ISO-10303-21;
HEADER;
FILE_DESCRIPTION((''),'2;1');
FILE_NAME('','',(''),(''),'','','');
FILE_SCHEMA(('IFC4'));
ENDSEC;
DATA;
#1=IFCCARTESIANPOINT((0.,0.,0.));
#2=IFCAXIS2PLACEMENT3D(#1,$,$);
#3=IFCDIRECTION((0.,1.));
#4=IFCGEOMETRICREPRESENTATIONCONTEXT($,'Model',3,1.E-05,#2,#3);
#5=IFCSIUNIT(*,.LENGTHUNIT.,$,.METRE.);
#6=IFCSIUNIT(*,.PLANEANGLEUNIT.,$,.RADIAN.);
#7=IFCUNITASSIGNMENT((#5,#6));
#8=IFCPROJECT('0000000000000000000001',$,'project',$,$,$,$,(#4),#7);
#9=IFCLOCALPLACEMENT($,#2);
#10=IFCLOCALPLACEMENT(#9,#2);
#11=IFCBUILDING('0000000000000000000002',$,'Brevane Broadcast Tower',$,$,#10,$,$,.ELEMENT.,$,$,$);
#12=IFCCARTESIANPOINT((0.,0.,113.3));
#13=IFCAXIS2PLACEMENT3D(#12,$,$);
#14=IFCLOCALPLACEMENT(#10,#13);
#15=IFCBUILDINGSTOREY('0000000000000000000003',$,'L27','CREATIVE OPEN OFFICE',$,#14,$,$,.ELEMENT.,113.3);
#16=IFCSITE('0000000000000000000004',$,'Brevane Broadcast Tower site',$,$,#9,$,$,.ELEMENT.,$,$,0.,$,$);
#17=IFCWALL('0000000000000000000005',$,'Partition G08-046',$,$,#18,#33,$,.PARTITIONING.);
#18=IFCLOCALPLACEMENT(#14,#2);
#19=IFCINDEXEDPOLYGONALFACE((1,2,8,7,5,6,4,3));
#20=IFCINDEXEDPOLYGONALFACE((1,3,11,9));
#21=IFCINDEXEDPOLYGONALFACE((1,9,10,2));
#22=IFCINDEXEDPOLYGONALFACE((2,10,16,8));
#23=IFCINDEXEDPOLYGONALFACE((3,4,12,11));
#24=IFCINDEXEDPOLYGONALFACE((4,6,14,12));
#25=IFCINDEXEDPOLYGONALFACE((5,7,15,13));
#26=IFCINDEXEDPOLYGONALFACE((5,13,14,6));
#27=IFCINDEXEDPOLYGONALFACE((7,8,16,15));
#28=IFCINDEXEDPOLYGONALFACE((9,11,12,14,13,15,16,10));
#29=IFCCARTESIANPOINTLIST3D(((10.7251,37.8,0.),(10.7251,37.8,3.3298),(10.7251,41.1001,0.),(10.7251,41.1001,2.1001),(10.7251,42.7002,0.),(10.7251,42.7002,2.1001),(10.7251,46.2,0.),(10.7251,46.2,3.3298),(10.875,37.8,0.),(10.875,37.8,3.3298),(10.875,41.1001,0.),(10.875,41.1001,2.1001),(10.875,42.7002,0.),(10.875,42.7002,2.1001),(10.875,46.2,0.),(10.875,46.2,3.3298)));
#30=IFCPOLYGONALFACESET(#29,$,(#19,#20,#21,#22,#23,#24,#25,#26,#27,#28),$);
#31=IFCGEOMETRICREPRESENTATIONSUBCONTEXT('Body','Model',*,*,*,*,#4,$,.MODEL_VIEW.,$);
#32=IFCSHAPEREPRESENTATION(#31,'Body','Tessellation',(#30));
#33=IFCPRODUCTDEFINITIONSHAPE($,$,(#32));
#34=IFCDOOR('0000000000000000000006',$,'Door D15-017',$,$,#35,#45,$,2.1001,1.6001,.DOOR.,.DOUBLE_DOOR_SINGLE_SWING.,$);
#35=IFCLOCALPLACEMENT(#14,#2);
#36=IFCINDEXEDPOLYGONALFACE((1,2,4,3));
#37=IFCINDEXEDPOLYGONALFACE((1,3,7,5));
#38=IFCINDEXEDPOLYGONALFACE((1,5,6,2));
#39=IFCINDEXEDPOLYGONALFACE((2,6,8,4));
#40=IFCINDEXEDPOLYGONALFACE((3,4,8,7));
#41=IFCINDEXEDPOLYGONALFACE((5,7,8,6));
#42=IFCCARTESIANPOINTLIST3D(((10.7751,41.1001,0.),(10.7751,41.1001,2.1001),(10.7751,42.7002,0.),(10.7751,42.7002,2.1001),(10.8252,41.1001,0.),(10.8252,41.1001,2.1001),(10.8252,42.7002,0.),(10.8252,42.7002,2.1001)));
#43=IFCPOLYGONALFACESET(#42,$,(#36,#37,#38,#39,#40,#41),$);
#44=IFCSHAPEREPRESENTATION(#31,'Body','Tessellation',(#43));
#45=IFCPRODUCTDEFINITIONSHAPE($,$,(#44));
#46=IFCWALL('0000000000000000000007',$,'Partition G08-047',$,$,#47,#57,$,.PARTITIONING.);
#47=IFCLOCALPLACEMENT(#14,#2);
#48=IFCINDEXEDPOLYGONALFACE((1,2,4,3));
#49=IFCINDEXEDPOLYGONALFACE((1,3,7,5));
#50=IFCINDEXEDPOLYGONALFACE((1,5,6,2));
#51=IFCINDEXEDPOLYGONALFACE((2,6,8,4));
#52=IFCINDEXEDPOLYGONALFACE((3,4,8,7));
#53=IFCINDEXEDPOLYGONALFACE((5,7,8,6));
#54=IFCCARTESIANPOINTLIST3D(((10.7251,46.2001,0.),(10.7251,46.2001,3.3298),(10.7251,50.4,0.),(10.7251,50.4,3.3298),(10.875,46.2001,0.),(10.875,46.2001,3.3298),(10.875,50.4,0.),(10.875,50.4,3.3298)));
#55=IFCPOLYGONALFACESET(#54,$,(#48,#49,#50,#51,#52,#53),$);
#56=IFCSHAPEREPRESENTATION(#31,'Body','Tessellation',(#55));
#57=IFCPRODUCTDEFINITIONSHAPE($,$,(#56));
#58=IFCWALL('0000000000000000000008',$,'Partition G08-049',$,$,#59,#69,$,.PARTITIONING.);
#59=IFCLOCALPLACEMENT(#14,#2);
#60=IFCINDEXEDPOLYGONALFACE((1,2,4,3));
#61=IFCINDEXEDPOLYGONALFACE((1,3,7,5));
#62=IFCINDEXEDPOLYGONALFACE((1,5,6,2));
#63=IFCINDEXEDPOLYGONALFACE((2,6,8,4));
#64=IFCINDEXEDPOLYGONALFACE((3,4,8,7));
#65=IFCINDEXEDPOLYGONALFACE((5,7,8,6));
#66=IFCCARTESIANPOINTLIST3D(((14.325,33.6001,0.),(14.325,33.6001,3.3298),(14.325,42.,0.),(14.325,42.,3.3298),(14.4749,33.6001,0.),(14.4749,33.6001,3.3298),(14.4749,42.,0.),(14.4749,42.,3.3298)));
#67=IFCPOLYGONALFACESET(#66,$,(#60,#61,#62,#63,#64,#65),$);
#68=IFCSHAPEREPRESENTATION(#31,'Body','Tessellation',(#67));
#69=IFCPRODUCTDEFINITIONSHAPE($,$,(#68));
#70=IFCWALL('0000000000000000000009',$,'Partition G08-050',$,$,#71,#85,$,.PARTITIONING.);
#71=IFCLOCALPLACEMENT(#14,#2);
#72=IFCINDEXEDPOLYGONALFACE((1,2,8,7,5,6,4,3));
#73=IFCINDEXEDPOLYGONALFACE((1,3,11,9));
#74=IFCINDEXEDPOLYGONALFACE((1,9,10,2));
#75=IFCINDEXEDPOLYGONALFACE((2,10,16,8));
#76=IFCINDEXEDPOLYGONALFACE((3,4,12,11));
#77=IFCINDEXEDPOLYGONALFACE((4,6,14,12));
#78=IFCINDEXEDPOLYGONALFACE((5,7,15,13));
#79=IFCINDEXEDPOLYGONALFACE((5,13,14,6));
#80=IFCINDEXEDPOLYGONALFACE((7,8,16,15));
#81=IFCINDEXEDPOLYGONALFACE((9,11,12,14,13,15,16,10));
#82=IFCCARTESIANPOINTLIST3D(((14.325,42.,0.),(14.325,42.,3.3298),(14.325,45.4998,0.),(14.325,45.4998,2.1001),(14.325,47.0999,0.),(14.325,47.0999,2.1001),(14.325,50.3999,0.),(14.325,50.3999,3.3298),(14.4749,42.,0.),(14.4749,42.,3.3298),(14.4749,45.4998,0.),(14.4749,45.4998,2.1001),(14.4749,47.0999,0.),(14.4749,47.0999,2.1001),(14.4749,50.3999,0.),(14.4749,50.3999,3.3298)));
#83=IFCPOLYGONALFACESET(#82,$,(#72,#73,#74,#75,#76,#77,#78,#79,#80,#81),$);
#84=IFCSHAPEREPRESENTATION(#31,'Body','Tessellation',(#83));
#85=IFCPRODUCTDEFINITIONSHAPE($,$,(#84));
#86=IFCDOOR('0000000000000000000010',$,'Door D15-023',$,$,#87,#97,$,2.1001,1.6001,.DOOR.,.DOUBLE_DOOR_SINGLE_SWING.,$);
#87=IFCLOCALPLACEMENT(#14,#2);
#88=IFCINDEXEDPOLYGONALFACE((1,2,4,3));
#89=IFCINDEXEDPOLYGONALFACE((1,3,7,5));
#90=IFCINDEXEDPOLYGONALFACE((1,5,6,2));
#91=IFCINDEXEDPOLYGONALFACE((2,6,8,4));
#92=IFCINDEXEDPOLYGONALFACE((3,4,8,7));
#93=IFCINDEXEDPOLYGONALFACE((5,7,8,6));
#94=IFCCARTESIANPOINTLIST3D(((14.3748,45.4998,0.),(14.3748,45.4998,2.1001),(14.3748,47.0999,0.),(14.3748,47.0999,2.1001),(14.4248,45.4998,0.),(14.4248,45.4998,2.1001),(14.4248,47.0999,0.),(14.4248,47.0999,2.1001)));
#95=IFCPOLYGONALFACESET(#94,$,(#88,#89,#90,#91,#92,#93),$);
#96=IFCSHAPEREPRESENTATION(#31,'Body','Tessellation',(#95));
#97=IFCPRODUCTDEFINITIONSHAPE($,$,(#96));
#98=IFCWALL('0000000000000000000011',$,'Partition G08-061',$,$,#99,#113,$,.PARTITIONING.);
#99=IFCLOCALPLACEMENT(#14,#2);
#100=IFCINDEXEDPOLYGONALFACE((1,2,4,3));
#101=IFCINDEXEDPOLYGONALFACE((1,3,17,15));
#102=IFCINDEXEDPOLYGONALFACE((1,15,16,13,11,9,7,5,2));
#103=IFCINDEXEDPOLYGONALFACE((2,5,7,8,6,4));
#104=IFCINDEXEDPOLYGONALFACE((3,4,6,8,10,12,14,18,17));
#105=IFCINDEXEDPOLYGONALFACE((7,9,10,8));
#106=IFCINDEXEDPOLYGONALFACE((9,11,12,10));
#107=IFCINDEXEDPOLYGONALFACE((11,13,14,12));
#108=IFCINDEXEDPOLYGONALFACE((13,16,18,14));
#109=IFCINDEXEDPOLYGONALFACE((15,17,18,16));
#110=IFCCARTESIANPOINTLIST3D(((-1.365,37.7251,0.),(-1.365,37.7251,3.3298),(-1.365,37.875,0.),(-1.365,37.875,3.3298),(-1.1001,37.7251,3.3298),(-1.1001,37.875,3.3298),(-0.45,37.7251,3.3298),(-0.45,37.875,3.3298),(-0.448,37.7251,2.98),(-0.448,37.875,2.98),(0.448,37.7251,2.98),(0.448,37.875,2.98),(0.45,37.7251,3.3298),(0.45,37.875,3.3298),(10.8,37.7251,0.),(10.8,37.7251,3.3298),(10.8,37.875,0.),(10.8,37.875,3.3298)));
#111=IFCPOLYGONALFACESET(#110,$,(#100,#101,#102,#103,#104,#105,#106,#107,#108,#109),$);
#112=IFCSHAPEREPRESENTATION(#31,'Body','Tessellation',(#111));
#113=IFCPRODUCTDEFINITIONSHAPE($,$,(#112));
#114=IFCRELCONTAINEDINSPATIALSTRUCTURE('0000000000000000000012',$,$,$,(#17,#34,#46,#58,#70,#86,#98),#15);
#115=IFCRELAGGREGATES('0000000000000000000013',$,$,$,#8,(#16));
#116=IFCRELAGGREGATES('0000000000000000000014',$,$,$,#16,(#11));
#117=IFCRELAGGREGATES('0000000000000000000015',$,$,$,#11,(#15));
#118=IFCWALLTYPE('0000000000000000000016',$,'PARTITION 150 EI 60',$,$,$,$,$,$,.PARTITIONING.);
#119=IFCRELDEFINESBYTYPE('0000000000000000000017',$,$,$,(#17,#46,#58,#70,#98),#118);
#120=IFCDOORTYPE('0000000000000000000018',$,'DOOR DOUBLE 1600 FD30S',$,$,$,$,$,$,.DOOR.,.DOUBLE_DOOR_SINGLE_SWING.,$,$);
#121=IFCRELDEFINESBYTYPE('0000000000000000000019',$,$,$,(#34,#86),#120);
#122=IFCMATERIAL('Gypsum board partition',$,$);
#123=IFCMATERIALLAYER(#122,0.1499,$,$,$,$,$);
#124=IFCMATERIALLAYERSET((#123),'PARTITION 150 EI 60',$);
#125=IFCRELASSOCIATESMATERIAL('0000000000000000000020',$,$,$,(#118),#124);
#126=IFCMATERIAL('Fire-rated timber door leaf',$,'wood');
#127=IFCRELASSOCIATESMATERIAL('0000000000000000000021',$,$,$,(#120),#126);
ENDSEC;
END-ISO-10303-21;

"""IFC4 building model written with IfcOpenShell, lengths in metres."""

from ifc_helpers import new_model, si_unit, direction, frame, frame_2d, origin, place, context, subcontext, project, spatial, polyline, rectangle, outline, extrude, material, layer, layer_set, type_object, element, fill, save


model = new_model("IFC4")

# Units and contexts
model_context = context("Model", 3, precision=1e-05, world=origin(), true_north=direction((0.0, 1.0)))
body_context = subcontext(model_context, "Body", "Model", "MODEL_VIEW")
ifc_project = project(units=[si_unit("LENGTHUNIT", "METRE"), si_unit("PLANEANGLEUNIT", "RADIAN")], contexts=[model_context])

# Site, building, storey
site_placement = place(None, origin())
site = spatial("IfcSite", under=ifc_project, at=site_placement, Name="Brevane Broadcast Tower site", CompositionType="ELEMENT", RefElevation=0.0)
building_placement = place(site_placement, origin())
building = spatial("IfcBuilding", under=site, at=building_placement, Name="Brevane Broadcast Tower", CompositionType="ELEMENT")
storey_placement = place(building_placement, frame((0.0, 0.0, 113.3)))
storey = spatial("IfcBuildingStorey", under=building, at=storey_placement, Name="L27", Description="CREATIVE OPEN OFFICE", CompositionType="ELEMENT", Elevation=113.3)

# Shared definitions
ifc_material_1 = material(Name="Gypsum board partition")

# Shared definitions
ifc_layer_1 = layer(ifc_material_1, 0.1499)
ifc_layer_set_1 = layer_set([ifc_layer_1], Name="PARTITION 150 EI 60")
wall_type_1 = type_object("IfcWallType", Name="PARTITION 150 EI 60", PredefinedType="PARTITIONING", material=ifc_layer_set_1)

# Wall, opening, door
wall_1_placement = place(storey_placement, frame((10.8, 37.8, 0.0), z_axis=(0.0, 0.0, 1.0), x_axis=(0.0, 1.0, 0.0)))
wall_1 = element("IfcWall", 1, at=wall_1_placement, inside=storey, type_object=wall_type_1, Name="Partition G08-046", PredefinedType="PARTITIONING", context=body_context, shape_type="SweptSolid", body=[
    extrude(rectangle(XDim=8.3999, YDim=0.1499, at=frame_2d((4.2, 0.0))), origin(), (0.0, 0.0, 1.0), 3.3298),
])
opening_1_placement = place(wall_1_placement, frame((3.3, 0.0, 0.0)))
opening_1 = element("IfcOpeningElement", 2, at=opening_1_placement, cuts=wall_1, PredefinedType="OPENING", context=body_context, shape_type="SweptSolid", body=[
    extrude(rectangle(XDim=1.6001, YDim=2.1001, at=frame_2d((0.8, 1.05))), frame((0.0, 0.085, 0.0), z_axis=(0.0, -1.0, 0.0), x_axis=(1.0, 0.0, 0.0)), (0.0, 0.0, 1.0), 0.1699),
])
ifc_material_2 = material(Name="Fire-rated timber door leaf", Category="wood")
door_type_1 = type_object("IfcDoorType", Name="DOOR DOUBLE 1600 FD30S", OperationType="DOUBLE_DOOR_SINGLE_SWING", PredefinedType="DOOR", material=ifc_material_2)
door_1_placement = place(opening_1_placement, origin())
door_1 = element("IfcDoor", 3, at=door_1_placement, inside=storey, type_object=door_type_1, Name="Door D15-017", OperationType="DOUBLE_DOOR_SINGLE_SWING", OverallHeight=2.1001, OverallWidth=1.6001, PredefinedType="DOOR", context=body_context, shape_type="SweptSolid", body=[
    extrude(rectangle(XDim=1.6001, YDim=2.1001, at=frame_2d((0.8, 1.05))), frame((0.0, 0.0249, 0.0), z_axis=(0.0, -1.0, 0.0), x_axis=(1.0, 0.0, 0.0)), (0.0, 0.0, 1.0), 0.05),
])
fill(opening_1, door_1)

# Walls
wall_2_placement = place(storey_placement, frame((10.8, 46.2, 0.0), z_axis=(0.0, 0.0, 1.0), x_axis=(0.0, 1.0, 0.0)))
element("IfcWall", 4, at=wall_2_placement, inside=storey, type_object=wall_type_1, Name="Partition G08-047", PredefinedType="PARTITIONING", context=body_context, shape_type="SweptSolid", body=[
    extrude(rectangle(XDim=4.2, YDim=0.1499, at=frame_2d((2.1001, 0.0))), origin(), (0.0, 0.0, 1.0), 3.3298),
])
wall_3_placement = place(storey_placement, frame((14.3999, 42.0, 0.0), z_axis=(0.0, 0.0, 1.0), x_axis=(0.0, -1.0, 0.0)))
element("IfcWall", 5, at=wall_3_placement, inside=storey, type_object=wall_type_1, Name="Partition G08-049", PredefinedType="PARTITIONING", context=body_context, shape_type="SweptSolid", body=[
    extrude(rectangle(XDim=8.3999, YDim=0.1499, at=frame_2d((4.2, 0.0))), origin(), (0.0, 0.0, 1.0), 3.3298),
])

# Wall, opening, door
wall_4_placement = place(storey_placement, frame((14.3999, 50.3999, 0.0), z_axis=(0.0, 0.0, 1.0), x_axis=(0.0, -1.0, 0.0)))
wall_4 = element("IfcWall", 6, at=wall_4_placement, inside=storey, type_object=wall_type_1, Name="Partition G08-050", PredefinedType="PARTITIONING", context=body_context, shape_type="SweptSolid", body=[
    extrude(rectangle(XDim=8.3999, YDim=0.1499, at=frame_2d((4.2, 0.0))), origin(), (0.0, 0.0, 1.0), 3.3298),
])
opening_2_placement = place(wall_4_placement, frame((3.3, 0.0, 0.0)))
opening_2 = element("IfcOpeningElement", 7, at=opening_2_placement, cuts=wall_4, PredefinedType="OPENING", context=body_context, shape_type="SweptSolid", body=[
    extrude(rectangle(XDim=1.6001, YDim=2.1001, at=frame_2d((0.8, 1.05))), frame((0.0, 0.085, 0.0), z_axis=(0.0, -1.0, 0.0), x_axis=(1.0, 0.0, 0.0)), (0.0, 0.0, 1.0), 0.1699),
])
door_2_placement = place(opening_2_placement, origin())
door_2 = element("IfcDoor", 8, at=door_2_placement, inside=storey, type_object=door_type_1, Name="Door D15-023", OperationType="DOUBLE_DOOR_SINGLE_SWING", OverallHeight=2.1001, OverallWidth=1.6001, PredefinedType="DOOR", context=body_context, shape_type="SweptSolid", body=[
    extrude(rectangle(XDim=1.6001, YDim=2.1001, at=frame_2d((0.8, 1.05))), frame((0.0, 0.0249, 0.0), z_axis=(0.0, -1.0, 0.0), x_axis=(1.0, 0.0, 0.0)), (0.0, 0.0, 1.0), 0.05),
])
fill(opening_2, door_2)

# Wall
wall_5_placement = place(storey_placement, frame((-1.365, 37.8, 0.0), z_axis=(0.0, 0.0, 1.0), x_axis=(1.0, 0.0, 0.0)))
element("IfcWall", 9, at=wall_5_placement, inside=storey, type_object=wall_type_1, Name="Partition G08-061", PredefinedType="PARTITIONING", context=body_context, shape_type="SweptSolid", body=[
    extrude(outline(polyline([(0.0, 0.0), (12.165, 0.0), (12.165, 3.3298), (1.8149, 3.3298), (1.813, 2.98), (0.917, 2.98), (0.915, 3.3298), (0.2649, 3.3298), (0.0, 3.3298), (0.0, 0.0)])), frame((0.0, 0.075, 0.0), z_axis=(0.0, -1.0, 0.0), x_axis=(1.0, 0.0, 0.0)), (0.0, 0.0, 1.0), 0.1499),
])

save(model, "model.ifc")
